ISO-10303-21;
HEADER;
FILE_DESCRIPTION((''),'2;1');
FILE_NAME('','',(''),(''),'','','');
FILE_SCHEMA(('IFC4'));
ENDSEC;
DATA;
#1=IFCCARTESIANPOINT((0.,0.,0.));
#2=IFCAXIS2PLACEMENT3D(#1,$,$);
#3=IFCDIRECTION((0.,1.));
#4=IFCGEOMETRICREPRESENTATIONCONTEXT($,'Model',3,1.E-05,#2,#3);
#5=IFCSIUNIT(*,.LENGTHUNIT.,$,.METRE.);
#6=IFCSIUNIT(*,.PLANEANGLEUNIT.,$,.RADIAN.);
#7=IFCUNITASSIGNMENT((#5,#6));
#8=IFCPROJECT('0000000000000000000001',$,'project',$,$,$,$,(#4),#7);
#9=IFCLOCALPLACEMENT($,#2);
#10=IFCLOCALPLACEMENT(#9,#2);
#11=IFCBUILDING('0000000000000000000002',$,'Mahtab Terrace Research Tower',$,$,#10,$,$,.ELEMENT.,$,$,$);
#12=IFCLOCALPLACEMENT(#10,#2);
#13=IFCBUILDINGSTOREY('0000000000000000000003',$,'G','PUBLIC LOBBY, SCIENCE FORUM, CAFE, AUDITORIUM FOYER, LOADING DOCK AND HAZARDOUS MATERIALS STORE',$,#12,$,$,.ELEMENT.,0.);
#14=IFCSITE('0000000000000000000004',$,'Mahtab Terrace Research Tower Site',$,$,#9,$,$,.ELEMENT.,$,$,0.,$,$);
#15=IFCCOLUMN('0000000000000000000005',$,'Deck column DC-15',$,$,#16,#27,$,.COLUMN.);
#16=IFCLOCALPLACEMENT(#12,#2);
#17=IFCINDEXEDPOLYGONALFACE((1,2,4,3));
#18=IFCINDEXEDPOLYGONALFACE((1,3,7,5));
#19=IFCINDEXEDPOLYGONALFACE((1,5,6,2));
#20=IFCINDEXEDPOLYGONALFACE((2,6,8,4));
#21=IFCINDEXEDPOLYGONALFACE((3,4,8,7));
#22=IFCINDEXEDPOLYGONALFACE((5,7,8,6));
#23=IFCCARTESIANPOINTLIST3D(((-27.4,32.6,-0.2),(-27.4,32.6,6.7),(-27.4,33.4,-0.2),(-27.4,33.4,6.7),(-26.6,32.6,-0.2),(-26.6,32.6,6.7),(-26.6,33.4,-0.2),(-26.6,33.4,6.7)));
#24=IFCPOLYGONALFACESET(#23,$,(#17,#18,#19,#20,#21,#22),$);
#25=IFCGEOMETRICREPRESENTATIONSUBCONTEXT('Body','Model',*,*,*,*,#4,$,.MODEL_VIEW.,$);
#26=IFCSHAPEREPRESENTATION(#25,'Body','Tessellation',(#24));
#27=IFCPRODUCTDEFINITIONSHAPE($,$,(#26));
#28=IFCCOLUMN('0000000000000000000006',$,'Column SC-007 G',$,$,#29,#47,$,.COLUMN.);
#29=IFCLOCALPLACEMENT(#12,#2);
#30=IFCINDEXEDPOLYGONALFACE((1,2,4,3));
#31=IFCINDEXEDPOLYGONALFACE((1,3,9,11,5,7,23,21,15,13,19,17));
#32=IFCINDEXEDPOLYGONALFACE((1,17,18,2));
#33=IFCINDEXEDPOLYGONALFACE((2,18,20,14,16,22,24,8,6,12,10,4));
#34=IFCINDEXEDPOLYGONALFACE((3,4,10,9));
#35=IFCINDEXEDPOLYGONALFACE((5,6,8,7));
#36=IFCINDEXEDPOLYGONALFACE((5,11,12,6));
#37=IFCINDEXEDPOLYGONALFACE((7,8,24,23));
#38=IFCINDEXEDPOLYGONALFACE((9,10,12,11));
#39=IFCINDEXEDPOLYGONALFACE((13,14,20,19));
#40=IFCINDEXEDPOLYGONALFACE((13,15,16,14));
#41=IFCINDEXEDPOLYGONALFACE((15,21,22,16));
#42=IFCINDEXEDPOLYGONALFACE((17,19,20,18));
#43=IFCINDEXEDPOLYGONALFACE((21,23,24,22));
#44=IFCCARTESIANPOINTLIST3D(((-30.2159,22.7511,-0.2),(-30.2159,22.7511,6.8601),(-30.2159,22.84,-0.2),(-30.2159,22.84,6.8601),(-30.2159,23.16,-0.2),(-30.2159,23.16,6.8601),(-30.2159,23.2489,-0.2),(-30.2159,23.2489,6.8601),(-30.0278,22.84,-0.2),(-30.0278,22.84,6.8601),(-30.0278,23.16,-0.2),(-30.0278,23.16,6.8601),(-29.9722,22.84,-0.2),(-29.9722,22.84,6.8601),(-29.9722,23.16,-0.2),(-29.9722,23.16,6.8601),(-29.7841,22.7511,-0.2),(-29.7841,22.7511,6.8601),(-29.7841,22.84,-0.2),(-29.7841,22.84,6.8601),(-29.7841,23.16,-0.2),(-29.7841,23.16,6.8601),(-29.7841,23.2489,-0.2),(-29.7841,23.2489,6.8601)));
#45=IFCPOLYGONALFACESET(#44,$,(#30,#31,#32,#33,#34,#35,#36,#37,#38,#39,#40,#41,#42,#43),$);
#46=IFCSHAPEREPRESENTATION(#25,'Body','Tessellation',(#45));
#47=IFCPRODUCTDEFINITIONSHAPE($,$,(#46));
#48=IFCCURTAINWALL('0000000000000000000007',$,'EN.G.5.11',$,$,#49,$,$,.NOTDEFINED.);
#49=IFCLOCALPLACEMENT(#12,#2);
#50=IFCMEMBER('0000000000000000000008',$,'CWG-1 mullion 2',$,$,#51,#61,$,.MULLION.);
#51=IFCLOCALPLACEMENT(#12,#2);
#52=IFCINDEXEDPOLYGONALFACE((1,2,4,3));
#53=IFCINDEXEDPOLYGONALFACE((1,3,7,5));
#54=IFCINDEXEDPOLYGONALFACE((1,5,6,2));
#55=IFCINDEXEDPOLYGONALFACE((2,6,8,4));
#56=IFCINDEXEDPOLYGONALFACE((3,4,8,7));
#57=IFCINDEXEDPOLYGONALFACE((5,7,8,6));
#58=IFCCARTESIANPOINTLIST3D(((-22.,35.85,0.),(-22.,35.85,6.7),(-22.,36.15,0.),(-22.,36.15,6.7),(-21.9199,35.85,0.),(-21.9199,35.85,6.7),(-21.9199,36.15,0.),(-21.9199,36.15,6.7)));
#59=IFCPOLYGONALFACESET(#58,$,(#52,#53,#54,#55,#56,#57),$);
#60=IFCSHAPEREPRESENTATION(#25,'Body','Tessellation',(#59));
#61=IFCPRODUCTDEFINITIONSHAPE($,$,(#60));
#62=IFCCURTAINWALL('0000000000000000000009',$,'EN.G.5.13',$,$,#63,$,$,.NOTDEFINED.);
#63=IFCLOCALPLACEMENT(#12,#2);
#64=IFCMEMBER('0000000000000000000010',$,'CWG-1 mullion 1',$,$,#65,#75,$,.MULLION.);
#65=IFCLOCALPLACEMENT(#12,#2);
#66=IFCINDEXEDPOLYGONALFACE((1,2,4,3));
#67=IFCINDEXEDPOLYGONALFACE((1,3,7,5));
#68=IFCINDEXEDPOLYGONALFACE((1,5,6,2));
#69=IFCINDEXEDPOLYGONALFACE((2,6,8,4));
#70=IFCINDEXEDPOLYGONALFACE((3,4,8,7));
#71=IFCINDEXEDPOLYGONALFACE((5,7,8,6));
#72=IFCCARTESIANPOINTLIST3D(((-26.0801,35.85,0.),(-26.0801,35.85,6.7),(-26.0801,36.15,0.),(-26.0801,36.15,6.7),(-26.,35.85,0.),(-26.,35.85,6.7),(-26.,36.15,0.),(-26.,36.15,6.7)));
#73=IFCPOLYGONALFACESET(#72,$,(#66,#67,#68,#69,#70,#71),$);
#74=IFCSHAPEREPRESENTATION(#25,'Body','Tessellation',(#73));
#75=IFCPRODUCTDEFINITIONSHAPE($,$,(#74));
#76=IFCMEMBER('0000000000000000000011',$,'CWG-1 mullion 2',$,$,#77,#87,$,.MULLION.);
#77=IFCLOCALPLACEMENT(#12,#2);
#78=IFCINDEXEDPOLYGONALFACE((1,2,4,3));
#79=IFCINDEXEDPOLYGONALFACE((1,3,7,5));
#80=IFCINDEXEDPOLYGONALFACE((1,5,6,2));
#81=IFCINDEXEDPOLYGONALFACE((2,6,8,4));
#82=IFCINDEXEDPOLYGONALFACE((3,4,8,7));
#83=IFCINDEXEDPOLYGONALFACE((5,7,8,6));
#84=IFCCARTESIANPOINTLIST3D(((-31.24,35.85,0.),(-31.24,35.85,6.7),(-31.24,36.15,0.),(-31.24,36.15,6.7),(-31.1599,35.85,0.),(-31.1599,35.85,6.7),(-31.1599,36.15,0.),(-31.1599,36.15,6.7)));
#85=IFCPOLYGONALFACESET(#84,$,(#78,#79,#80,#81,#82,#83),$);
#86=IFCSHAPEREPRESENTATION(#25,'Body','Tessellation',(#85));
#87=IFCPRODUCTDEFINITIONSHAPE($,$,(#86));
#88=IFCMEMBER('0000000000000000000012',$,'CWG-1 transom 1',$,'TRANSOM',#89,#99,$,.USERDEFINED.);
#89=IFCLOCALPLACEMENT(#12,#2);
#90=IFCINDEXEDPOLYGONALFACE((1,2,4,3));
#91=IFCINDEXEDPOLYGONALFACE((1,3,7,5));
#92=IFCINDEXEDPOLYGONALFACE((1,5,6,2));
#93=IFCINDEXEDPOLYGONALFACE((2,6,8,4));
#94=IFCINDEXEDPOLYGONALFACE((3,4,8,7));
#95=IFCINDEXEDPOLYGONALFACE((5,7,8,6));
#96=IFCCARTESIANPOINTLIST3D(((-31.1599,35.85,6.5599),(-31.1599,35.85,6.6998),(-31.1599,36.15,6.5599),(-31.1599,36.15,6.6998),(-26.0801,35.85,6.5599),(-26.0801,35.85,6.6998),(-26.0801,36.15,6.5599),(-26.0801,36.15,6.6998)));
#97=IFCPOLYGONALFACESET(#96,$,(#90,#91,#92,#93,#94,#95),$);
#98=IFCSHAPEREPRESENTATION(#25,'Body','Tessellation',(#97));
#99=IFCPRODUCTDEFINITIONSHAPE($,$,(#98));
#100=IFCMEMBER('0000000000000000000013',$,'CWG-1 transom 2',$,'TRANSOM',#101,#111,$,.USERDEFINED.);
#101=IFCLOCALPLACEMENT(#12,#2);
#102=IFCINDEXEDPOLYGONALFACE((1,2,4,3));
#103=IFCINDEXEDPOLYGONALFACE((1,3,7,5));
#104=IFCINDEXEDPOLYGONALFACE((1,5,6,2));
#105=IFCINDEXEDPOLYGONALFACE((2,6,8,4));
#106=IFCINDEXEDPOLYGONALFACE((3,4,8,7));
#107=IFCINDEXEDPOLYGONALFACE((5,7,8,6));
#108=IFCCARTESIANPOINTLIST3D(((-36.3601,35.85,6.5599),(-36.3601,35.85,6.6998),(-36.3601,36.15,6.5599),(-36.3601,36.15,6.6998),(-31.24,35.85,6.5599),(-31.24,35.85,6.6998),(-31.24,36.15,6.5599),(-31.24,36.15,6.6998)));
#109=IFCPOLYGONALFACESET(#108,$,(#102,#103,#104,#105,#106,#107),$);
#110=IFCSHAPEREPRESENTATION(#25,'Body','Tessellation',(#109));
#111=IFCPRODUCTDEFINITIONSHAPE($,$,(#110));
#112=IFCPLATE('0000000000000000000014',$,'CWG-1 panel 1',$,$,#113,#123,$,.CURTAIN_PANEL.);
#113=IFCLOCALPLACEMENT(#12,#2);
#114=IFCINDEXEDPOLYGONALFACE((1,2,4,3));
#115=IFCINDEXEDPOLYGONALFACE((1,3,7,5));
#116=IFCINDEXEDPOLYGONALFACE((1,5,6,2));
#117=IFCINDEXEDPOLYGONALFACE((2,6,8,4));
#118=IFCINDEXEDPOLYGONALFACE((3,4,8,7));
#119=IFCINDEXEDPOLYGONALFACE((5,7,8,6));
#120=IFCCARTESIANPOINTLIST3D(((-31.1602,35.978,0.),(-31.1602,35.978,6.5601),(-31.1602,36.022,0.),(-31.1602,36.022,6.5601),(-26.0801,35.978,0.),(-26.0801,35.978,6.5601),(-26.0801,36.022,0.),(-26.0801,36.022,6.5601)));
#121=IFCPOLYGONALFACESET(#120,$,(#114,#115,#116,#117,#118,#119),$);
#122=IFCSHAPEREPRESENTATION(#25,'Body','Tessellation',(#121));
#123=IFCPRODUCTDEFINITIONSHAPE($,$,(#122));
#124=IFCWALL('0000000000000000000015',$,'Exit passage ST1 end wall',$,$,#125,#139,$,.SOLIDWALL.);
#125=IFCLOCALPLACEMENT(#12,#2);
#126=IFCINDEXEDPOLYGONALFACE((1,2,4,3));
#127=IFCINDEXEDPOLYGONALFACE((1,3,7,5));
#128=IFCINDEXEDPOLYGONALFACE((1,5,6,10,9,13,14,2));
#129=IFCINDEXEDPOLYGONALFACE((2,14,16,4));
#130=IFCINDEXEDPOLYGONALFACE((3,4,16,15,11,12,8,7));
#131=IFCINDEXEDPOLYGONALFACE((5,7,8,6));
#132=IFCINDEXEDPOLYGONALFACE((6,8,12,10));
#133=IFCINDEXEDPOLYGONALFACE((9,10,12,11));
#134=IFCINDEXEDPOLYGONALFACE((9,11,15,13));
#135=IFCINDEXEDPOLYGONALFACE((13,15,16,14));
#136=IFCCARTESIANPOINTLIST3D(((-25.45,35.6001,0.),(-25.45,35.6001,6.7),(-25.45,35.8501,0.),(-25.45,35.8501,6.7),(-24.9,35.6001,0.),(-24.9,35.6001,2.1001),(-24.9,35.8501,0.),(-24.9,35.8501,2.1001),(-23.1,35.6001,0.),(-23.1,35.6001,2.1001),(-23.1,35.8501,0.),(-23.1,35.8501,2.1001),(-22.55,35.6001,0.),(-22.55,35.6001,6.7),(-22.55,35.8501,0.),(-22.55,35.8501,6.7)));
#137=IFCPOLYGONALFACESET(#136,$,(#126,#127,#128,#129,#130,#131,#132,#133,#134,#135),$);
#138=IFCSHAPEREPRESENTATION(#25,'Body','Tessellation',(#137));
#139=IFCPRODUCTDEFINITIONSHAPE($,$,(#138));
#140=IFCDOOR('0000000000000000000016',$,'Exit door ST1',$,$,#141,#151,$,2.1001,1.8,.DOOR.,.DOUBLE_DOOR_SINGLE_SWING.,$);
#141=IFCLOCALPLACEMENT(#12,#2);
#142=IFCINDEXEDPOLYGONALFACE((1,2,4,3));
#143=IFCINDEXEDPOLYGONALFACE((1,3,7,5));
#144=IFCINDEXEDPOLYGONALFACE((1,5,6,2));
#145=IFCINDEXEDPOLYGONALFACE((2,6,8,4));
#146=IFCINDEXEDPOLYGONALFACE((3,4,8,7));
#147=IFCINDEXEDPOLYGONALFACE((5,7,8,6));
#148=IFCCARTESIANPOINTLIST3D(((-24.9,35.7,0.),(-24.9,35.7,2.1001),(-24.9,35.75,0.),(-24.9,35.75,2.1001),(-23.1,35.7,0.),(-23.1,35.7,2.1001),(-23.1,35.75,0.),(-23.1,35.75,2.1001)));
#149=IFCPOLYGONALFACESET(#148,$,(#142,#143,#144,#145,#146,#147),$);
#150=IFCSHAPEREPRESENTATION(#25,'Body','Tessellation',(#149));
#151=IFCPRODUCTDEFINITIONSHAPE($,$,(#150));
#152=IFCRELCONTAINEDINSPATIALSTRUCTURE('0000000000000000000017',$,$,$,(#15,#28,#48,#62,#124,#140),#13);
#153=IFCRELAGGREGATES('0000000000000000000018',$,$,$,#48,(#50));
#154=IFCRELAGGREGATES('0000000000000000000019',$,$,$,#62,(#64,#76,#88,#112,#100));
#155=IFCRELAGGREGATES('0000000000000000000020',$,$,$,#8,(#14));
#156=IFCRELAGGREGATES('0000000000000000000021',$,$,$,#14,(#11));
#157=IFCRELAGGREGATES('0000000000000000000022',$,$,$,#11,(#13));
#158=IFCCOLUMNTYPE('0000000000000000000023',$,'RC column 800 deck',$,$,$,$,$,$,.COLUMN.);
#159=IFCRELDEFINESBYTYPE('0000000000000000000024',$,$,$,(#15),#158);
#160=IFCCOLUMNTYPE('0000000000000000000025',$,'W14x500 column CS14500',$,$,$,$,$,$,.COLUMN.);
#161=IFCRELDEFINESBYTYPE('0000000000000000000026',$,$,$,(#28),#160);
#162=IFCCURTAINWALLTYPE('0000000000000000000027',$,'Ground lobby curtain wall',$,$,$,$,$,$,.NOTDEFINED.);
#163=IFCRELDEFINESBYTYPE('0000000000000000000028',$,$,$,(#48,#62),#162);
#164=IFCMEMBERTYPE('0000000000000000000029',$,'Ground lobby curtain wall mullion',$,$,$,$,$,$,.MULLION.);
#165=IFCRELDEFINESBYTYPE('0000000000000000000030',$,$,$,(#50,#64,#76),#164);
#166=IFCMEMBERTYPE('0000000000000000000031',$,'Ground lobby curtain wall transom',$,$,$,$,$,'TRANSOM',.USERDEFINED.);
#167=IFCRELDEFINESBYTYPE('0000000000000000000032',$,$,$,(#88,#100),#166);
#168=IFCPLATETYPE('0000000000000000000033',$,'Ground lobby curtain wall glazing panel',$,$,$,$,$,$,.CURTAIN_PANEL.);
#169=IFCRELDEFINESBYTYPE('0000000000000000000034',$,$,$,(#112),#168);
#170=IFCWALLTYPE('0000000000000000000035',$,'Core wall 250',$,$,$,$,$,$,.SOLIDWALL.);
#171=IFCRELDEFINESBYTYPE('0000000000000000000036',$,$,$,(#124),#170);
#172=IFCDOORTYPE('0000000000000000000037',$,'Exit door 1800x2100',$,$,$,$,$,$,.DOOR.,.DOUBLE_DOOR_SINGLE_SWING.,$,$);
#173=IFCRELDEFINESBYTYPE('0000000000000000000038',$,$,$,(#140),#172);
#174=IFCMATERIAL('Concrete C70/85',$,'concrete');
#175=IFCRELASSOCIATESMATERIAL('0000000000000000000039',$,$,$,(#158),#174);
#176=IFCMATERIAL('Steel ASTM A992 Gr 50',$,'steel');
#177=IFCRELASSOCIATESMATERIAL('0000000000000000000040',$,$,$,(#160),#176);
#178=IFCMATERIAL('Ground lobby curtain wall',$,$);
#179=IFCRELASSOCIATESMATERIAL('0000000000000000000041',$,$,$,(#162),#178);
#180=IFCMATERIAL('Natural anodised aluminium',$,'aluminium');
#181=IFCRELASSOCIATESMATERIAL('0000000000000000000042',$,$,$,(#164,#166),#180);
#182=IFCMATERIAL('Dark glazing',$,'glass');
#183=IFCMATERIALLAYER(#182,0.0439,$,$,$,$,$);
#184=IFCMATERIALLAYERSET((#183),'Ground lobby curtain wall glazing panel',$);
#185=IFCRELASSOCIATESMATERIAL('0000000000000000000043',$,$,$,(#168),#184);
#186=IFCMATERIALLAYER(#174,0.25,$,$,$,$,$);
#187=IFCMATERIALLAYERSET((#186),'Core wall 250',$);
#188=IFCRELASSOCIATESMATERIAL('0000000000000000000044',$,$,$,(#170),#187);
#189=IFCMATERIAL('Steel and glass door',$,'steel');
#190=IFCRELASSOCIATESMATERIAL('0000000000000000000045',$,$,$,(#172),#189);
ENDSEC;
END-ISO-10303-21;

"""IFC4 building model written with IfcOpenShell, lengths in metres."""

from ifc_helpers import new_model, si_unit, direction, frame, frame_2d, origin, origin_2d, place, context, subcontext, project, spatial, rectangle, i_section, extrude, material, layer, layer_set, material_profile, profile_set, type_object, element, fill, aggregate, save


model = new_model("IFC4")

# Units and contexts
model_context = context("Model", 3, precision=1e-05, world=origin(), true_north=direction((0.0, 1.0)))
body_context = subcontext(model_context, "Body", "Model", "MODEL_VIEW")
ifc_project = project(units=[si_unit("LENGTHUNIT", "METRE"), si_unit("PLANEANGLEUNIT", "RADIAN")], contexts=[model_context])

# Site, building, storey
site_placement = place(None, origin())
site = spatial("IfcSite", under=ifc_project, at=site_placement, Name="Mahtab Terrace Research Tower Site", CompositionType="ELEMENT", RefElevation=0.0)
building_placement = place(site_placement, origin())
building = spatial("IfcBuilding", under=site, at=building_placement, Name="Mahtab Terrace Research Tower", CompositionType="ELEMENT")
storey_placement = place(building_placement, origin())
storey = spatial("IfcBuildingStorey", under=building, at=storey_placement, Name="G", Description="PUBLIC LOBBY, SCIENCE FORUM, CAFE, AUDITORIUM FOYER, LOADING DOCK AND HAZARDOUS MATERIALS STORE", CompositionType="ELEMENT", Elevation=0.0)

# Columns
ifc_material_1 = material(Name="Concrete C70/85", Category="concrete")
ifc_material_profile_1 = material_profile(ifc_material_1, rectangle(XDim=0.8, YDim=0.8, at=origin_2d()), Name="RC column 800 deck")
ifc_profile_set_1 = profile_set([ifc_material_profile_1], Name="Concrete C70/85")
column_type_1 = type_object("IfcColumnType", Name="RC column 800 deck", PredefinedType="COLUMN", material=ifc_profile_set_1)
column_1_placement = place(storey_placement, frame((-27.0, 33.0, -0.2), z_axis=(0.0, 0.0, 1.0), x_axis=(1.0, 0.0, 0.0)))
element("IfcColumn", 1, at=column_1_placement, inside=storey, type_object=column_type_1, Name="Deck column DC-15", PredefinedType="COLUMN", context=body_context, shape_type="SweptSolid", body=[
    extrude(rectangle(XDim=0.8, YDim=0.8, at=origin_2d()), origin(), (0.0, 0.0, 1.0), 6.8999),
])
ifc_material_2 = material(Name="Steel ASTM A992 Gr 50", Category="steel")
ifc_material_profile_2 = material_profile(ifc_material_2, i_section(OverallWidth=0.4319, OverallDepth=0.4978, WebThickness=0.0557, FlangeThickness=0.0889, at=origin_2d()), Name="W14X500")
ifc_profile_set_2 = profile_set([ifc_material_profile_2], Name="Steel ASTM A992 Gr 50")
column_type_2 = type_object("IfcColumnType", Name="W14x500 column CS14500", PredefinedType="COLUMN", material=ifc_profile_set_2)
column_2_placement = place(storey_placement, frame((-30.0, 23.0, -0.2), z_axis=(0.0, 0.0, 1.0), x_axis=(1.0, 0.0, 0.0)))
element("IfcColumn", 2, at=column_2_placement, inside=storey, type_object=column_type_2, Name="Column SC-007 G", PredefinedType="COLUMN", context=body_context, shape_type="SweptSolid", body=[
    extrude(i_section(OverallWidth=0.4319, OverallDepth=0.4978, WebThickness=0.0557, FlangeThickness=0.0889, at=origin_2d()), origin(), (0.0, 0.0, 1.0), 7.0601),
])

# Curtain wall, member
ifc_material_3 = material(Name="Ground lobby curtain wall")
curtain_wall_type = type_object("IfcCurtainWallType", Name="Ground lobby curtain wall", PredefinedType="NOTDEFINED", material=ifc_material_3)
curtain_wall_1_placement = place(storey_placement, origin())
curtain_wall_1 = element("IfcCurtainWall", 3, at=curtain_wall_1_placement, inside=storey, type_object=curtain_wall_type, Name="EN.G.5.11", PredefinedType="NOTDEFINED")
ifc_material_4 = material(Name="Natural anodised aluminium", Category="aluminium")
ifc_material_profile_3 = material_profile(ifc_material_4, rectangle(XDim=0.3, YDim=0.0801, at=origin_2d()), Name="MULLION 80x300")
ifc_profile_set_3 = profile_set([ifc_material_profile_3], Name="Natural anodised aluminium")
member_type_1 = type_object("IfcMemberType", Name="Ground lobby curtain wall mullion", PredefinedType="MULLION", material=ifc_profile_set_3)
member_1_placement = place(storey_placement, frame((-21.96, 36.0, 0.0), z_axis=(0.0, 0.0, 1.0), x_axis=(0.0, -1.0, 0.0)))
member_1 = element("IfcMember", 4, at=member_1_placement, type_object=member_type_1, Name="CWG-1 mullion 2", PredefinedType="MULLION", context=body_context, shape_type="SweptSolid", body=[
    extrude(rectangle(XDim=0.3, YDim=0.0801, at=origin_2d()), origin(), (0.0, 0.0, 1.0), 6.7),
])
aggregate(curtain_wall_1, [member_1])

# Curtain wall, members, plate
curtain_wall_2_placement = place(storey_placement, origin())
curtain_wall_2 = element("IfcCurtainWall", 5, at=curtain_wall_2_placement, inside=storey, type_object=curtain_wall_type, Name="EN.G.5.13", PredefinedType="NOTDEFINED")
member_2_placement = place(storey_placement, frame((-26.04, 36.0, 0.0), z_axis=(0.0, 0.0, 1.0), x_axis=(0.0, -1.0, 0.0)))
member_2 = element("IfcMember", 6, at=member_2_placement, type_object=member_type_1, Name="CWG-1 mullion 1", PredefinedType="MULLION", context=body_context, shape_type="SweptSolid", body=[
    extrude(rectangle(XDim=0.3, YDim=0.0801, at=origin_2d()), origin(), (0.0, 0.0, 1.0), 6.7),
])
member_3_placement = place(storey_placement, frame((-31.2, 36.0, 0.0), z_axis=(0.0, 0.0, 1.0), x_axis=(0.0, -1.0, 0.0)))
member_3 = element("IfcMember", 7, at=member_3_placement, type_object=member_type_1, Name="CWG-1 mullion 2", PredefinedType="MULLION", context=body_context, shape_type="SweptSolid", body=[
    extrude(rectangle(XDim=0.3, YDim=0.0801, at=origin_2d()), origin(), (0.0, 0.0, 1.0), 6.7),
])
ifc_material_profile_4 = material_profile(ifc_material_4, rectangle(XDim=0.3, YDim=0.1399, at=origin_2d()), Name="TRANSOM 140x300")
ifc_profile_set_4 = profile_set([ifc_material_profile_4], Name="Natural anodised aluminium")
member_type_2 = type_object("IfcMemberType", Name="Ground lobby curtain wall transom", ElementType="TRANSOM", PredefinedType="USERDEFINED", material=ifc_profile_set_4)
member_4_placement = place(storey_placement, frame((-26.0801, 36.0, 6.6299), z_axis=(-1.0, 0.0, 0.0), x_axis=(0.0, -1.0, 0.0)))
member_4 = element("IfcMember", 8, at=member_4_placement, type_object=member_type_2, Name="CWG-1 transom 1", ObjectType="TRANSOM", PredefinedType="USERDEFINED", context=body_context, shape_type="SweptSolid", body=[
    extrude(rectangle(XDim=0.3, YDim=0.1399, at=origin_2d()), origin(), (0.0, 0.0, 1.0), 5.0798),
])
member_5_placement = place(storey_placement, frame((-31.24, 36.0, 6.6299), z_axis=(-1.0, 0.0, 0.0), x_axis=(0.0, -1.0, 0.0)))
member_5 = element("IfcMember", 9, at=member_5_placement, type_object=member_type_2, Name="CWG-1 transom 2", ObjectType="TRANSOM", PredefinedType="USERDEFINED", context=body_context, shape_type="SweptSolid", body=[
    extrude(rectangle(XDim=0.3, YDim=0.1399, at=origin_2d()), origin(), (0.0, 0.0, 1.0), 5.1201),
])
ifc_material_5 = material(Name="Dark glazing", Category="glass")
ifc_layer_1 = layer(ifc_material_5, 0.0439)
ifc_layer_set_1 = layer_set([ifc_layer_1], Name="Ground lobby curtain wall glazing panel")
plate_type = type_object("IfcPlateType", Name="Ground lobby curtain wall glazing panel", PredefinedType="CURTAIN_PANEL", material=ifc_layer_set_1)
plate_placement = place(storey_placement, frame((-28.6201, 36.0, 0.0), z_axis=(0.0, 0.0, 1.0), x_axis=(-1.0, 0.0, 0.0)))
plate = element("IfcPlate", 10, at=plate_placement, type_object=plate_type, Name="CWG-1 panel 1", PredefinedType="CURTAIN_PANEL", context=body_context, shape_type="SweptSolid", body=[
    extrude(rectangle(XDim=5.0801, YDim=0.0439, at=origin_2d()), origin(), (0.0, 0.0, 1.0), 6.5601),
])
aggregate(curtain_wall_2, [member_2, member_3, member_4, plate, member_5])

# Wall, opening, door
ifc_layer_2 = layer(ifc_material_1, 0.25)
ifc_layer_set_2 = layer_set([ifc_layer_2], Name="Core wall 250")
wall_type_1 = type_object("IfcWallType", Name="Core wall 250", PredefinedType="SOLIDWALL", material=ifc_layer_set_2)
wall_1_placement = place(storey_placement, frame((-25.45, 35.7251, 0.0), z_axis=(0.0, 0.0, 1.0), x_axis=(1.0, 0.0, 0.0)))
wall_1 = element("IfcWall", 11, at=wall_1_placement, inside=storey, type_object=wall_type_1, Name="Exit passage ST1 end wall", PredefinedType="SOLIDWALL", context=body_context, shape_type="SweptSolid", body=[
    extrude(rectangle(XDim=2.8999, YDim=0.25, at=frame_2d((1.45, 0.0))), origin(), (0.0, 0.0, 1.0), 6.7),
])
opening_1_placement = place(wall_1_placement, frame((0.55, 0.0, 0.0)))
opening_1 = element("IfcOpeningElement", 12, at=opening_1_placement, cuts=wall_1, PredefinedType="OPENING", context=body_context, shape_type="SweptSolid", body=[
    extrude(rectangle(XDim=1.8, YDim=2.1001, at=frame_2d((0.8999, 1.05))), frame((0.0, 0.135, 0.0), z_axis=(0.0, -1.0, 0.0), x_axis=(1.0, 0.0, 0.0)), (0.0, 0.0, 1.0), 0.27),
])
ifc_material_6 = material(Name="Steel and glass door", Category="steel")
door_type_1 = type_object("IfcDoorType", Name="Exit door 1800x2100", OperationType="DOUBLE_DOOR_SINGLE_SWING", PredefinedType="DOOR", material=ifc_material_6)
door_1_placement = place(opening_1_placement, origin())
door_1 = element("IfcDoor", 13, at=door_1_placement, inside=storey, type_object=door_type_1, Name="Exit door ST1", OperationType="DOUBLE_DOOR_SINGLE_SWING", OverallHeight=2.1001, OverallWidth=1.8, PredefinedType="DOOR", context=body_context, shape_type="SweptSolid", body=[
    extrude(rectangle(XDim=1.8, YDim=2.1001, at=frame_2d((0.8999, 1.05))), frame((0.0, 0.0249, 0.0), z_axis=(0.0, -1.0, 0.0), x_axis=(1.0, 0.0, 0.0)), (0.0, 0.0, 1.0), 0.05),
])
fill(opening_1, door_1)

save(model, "model.ifc")
